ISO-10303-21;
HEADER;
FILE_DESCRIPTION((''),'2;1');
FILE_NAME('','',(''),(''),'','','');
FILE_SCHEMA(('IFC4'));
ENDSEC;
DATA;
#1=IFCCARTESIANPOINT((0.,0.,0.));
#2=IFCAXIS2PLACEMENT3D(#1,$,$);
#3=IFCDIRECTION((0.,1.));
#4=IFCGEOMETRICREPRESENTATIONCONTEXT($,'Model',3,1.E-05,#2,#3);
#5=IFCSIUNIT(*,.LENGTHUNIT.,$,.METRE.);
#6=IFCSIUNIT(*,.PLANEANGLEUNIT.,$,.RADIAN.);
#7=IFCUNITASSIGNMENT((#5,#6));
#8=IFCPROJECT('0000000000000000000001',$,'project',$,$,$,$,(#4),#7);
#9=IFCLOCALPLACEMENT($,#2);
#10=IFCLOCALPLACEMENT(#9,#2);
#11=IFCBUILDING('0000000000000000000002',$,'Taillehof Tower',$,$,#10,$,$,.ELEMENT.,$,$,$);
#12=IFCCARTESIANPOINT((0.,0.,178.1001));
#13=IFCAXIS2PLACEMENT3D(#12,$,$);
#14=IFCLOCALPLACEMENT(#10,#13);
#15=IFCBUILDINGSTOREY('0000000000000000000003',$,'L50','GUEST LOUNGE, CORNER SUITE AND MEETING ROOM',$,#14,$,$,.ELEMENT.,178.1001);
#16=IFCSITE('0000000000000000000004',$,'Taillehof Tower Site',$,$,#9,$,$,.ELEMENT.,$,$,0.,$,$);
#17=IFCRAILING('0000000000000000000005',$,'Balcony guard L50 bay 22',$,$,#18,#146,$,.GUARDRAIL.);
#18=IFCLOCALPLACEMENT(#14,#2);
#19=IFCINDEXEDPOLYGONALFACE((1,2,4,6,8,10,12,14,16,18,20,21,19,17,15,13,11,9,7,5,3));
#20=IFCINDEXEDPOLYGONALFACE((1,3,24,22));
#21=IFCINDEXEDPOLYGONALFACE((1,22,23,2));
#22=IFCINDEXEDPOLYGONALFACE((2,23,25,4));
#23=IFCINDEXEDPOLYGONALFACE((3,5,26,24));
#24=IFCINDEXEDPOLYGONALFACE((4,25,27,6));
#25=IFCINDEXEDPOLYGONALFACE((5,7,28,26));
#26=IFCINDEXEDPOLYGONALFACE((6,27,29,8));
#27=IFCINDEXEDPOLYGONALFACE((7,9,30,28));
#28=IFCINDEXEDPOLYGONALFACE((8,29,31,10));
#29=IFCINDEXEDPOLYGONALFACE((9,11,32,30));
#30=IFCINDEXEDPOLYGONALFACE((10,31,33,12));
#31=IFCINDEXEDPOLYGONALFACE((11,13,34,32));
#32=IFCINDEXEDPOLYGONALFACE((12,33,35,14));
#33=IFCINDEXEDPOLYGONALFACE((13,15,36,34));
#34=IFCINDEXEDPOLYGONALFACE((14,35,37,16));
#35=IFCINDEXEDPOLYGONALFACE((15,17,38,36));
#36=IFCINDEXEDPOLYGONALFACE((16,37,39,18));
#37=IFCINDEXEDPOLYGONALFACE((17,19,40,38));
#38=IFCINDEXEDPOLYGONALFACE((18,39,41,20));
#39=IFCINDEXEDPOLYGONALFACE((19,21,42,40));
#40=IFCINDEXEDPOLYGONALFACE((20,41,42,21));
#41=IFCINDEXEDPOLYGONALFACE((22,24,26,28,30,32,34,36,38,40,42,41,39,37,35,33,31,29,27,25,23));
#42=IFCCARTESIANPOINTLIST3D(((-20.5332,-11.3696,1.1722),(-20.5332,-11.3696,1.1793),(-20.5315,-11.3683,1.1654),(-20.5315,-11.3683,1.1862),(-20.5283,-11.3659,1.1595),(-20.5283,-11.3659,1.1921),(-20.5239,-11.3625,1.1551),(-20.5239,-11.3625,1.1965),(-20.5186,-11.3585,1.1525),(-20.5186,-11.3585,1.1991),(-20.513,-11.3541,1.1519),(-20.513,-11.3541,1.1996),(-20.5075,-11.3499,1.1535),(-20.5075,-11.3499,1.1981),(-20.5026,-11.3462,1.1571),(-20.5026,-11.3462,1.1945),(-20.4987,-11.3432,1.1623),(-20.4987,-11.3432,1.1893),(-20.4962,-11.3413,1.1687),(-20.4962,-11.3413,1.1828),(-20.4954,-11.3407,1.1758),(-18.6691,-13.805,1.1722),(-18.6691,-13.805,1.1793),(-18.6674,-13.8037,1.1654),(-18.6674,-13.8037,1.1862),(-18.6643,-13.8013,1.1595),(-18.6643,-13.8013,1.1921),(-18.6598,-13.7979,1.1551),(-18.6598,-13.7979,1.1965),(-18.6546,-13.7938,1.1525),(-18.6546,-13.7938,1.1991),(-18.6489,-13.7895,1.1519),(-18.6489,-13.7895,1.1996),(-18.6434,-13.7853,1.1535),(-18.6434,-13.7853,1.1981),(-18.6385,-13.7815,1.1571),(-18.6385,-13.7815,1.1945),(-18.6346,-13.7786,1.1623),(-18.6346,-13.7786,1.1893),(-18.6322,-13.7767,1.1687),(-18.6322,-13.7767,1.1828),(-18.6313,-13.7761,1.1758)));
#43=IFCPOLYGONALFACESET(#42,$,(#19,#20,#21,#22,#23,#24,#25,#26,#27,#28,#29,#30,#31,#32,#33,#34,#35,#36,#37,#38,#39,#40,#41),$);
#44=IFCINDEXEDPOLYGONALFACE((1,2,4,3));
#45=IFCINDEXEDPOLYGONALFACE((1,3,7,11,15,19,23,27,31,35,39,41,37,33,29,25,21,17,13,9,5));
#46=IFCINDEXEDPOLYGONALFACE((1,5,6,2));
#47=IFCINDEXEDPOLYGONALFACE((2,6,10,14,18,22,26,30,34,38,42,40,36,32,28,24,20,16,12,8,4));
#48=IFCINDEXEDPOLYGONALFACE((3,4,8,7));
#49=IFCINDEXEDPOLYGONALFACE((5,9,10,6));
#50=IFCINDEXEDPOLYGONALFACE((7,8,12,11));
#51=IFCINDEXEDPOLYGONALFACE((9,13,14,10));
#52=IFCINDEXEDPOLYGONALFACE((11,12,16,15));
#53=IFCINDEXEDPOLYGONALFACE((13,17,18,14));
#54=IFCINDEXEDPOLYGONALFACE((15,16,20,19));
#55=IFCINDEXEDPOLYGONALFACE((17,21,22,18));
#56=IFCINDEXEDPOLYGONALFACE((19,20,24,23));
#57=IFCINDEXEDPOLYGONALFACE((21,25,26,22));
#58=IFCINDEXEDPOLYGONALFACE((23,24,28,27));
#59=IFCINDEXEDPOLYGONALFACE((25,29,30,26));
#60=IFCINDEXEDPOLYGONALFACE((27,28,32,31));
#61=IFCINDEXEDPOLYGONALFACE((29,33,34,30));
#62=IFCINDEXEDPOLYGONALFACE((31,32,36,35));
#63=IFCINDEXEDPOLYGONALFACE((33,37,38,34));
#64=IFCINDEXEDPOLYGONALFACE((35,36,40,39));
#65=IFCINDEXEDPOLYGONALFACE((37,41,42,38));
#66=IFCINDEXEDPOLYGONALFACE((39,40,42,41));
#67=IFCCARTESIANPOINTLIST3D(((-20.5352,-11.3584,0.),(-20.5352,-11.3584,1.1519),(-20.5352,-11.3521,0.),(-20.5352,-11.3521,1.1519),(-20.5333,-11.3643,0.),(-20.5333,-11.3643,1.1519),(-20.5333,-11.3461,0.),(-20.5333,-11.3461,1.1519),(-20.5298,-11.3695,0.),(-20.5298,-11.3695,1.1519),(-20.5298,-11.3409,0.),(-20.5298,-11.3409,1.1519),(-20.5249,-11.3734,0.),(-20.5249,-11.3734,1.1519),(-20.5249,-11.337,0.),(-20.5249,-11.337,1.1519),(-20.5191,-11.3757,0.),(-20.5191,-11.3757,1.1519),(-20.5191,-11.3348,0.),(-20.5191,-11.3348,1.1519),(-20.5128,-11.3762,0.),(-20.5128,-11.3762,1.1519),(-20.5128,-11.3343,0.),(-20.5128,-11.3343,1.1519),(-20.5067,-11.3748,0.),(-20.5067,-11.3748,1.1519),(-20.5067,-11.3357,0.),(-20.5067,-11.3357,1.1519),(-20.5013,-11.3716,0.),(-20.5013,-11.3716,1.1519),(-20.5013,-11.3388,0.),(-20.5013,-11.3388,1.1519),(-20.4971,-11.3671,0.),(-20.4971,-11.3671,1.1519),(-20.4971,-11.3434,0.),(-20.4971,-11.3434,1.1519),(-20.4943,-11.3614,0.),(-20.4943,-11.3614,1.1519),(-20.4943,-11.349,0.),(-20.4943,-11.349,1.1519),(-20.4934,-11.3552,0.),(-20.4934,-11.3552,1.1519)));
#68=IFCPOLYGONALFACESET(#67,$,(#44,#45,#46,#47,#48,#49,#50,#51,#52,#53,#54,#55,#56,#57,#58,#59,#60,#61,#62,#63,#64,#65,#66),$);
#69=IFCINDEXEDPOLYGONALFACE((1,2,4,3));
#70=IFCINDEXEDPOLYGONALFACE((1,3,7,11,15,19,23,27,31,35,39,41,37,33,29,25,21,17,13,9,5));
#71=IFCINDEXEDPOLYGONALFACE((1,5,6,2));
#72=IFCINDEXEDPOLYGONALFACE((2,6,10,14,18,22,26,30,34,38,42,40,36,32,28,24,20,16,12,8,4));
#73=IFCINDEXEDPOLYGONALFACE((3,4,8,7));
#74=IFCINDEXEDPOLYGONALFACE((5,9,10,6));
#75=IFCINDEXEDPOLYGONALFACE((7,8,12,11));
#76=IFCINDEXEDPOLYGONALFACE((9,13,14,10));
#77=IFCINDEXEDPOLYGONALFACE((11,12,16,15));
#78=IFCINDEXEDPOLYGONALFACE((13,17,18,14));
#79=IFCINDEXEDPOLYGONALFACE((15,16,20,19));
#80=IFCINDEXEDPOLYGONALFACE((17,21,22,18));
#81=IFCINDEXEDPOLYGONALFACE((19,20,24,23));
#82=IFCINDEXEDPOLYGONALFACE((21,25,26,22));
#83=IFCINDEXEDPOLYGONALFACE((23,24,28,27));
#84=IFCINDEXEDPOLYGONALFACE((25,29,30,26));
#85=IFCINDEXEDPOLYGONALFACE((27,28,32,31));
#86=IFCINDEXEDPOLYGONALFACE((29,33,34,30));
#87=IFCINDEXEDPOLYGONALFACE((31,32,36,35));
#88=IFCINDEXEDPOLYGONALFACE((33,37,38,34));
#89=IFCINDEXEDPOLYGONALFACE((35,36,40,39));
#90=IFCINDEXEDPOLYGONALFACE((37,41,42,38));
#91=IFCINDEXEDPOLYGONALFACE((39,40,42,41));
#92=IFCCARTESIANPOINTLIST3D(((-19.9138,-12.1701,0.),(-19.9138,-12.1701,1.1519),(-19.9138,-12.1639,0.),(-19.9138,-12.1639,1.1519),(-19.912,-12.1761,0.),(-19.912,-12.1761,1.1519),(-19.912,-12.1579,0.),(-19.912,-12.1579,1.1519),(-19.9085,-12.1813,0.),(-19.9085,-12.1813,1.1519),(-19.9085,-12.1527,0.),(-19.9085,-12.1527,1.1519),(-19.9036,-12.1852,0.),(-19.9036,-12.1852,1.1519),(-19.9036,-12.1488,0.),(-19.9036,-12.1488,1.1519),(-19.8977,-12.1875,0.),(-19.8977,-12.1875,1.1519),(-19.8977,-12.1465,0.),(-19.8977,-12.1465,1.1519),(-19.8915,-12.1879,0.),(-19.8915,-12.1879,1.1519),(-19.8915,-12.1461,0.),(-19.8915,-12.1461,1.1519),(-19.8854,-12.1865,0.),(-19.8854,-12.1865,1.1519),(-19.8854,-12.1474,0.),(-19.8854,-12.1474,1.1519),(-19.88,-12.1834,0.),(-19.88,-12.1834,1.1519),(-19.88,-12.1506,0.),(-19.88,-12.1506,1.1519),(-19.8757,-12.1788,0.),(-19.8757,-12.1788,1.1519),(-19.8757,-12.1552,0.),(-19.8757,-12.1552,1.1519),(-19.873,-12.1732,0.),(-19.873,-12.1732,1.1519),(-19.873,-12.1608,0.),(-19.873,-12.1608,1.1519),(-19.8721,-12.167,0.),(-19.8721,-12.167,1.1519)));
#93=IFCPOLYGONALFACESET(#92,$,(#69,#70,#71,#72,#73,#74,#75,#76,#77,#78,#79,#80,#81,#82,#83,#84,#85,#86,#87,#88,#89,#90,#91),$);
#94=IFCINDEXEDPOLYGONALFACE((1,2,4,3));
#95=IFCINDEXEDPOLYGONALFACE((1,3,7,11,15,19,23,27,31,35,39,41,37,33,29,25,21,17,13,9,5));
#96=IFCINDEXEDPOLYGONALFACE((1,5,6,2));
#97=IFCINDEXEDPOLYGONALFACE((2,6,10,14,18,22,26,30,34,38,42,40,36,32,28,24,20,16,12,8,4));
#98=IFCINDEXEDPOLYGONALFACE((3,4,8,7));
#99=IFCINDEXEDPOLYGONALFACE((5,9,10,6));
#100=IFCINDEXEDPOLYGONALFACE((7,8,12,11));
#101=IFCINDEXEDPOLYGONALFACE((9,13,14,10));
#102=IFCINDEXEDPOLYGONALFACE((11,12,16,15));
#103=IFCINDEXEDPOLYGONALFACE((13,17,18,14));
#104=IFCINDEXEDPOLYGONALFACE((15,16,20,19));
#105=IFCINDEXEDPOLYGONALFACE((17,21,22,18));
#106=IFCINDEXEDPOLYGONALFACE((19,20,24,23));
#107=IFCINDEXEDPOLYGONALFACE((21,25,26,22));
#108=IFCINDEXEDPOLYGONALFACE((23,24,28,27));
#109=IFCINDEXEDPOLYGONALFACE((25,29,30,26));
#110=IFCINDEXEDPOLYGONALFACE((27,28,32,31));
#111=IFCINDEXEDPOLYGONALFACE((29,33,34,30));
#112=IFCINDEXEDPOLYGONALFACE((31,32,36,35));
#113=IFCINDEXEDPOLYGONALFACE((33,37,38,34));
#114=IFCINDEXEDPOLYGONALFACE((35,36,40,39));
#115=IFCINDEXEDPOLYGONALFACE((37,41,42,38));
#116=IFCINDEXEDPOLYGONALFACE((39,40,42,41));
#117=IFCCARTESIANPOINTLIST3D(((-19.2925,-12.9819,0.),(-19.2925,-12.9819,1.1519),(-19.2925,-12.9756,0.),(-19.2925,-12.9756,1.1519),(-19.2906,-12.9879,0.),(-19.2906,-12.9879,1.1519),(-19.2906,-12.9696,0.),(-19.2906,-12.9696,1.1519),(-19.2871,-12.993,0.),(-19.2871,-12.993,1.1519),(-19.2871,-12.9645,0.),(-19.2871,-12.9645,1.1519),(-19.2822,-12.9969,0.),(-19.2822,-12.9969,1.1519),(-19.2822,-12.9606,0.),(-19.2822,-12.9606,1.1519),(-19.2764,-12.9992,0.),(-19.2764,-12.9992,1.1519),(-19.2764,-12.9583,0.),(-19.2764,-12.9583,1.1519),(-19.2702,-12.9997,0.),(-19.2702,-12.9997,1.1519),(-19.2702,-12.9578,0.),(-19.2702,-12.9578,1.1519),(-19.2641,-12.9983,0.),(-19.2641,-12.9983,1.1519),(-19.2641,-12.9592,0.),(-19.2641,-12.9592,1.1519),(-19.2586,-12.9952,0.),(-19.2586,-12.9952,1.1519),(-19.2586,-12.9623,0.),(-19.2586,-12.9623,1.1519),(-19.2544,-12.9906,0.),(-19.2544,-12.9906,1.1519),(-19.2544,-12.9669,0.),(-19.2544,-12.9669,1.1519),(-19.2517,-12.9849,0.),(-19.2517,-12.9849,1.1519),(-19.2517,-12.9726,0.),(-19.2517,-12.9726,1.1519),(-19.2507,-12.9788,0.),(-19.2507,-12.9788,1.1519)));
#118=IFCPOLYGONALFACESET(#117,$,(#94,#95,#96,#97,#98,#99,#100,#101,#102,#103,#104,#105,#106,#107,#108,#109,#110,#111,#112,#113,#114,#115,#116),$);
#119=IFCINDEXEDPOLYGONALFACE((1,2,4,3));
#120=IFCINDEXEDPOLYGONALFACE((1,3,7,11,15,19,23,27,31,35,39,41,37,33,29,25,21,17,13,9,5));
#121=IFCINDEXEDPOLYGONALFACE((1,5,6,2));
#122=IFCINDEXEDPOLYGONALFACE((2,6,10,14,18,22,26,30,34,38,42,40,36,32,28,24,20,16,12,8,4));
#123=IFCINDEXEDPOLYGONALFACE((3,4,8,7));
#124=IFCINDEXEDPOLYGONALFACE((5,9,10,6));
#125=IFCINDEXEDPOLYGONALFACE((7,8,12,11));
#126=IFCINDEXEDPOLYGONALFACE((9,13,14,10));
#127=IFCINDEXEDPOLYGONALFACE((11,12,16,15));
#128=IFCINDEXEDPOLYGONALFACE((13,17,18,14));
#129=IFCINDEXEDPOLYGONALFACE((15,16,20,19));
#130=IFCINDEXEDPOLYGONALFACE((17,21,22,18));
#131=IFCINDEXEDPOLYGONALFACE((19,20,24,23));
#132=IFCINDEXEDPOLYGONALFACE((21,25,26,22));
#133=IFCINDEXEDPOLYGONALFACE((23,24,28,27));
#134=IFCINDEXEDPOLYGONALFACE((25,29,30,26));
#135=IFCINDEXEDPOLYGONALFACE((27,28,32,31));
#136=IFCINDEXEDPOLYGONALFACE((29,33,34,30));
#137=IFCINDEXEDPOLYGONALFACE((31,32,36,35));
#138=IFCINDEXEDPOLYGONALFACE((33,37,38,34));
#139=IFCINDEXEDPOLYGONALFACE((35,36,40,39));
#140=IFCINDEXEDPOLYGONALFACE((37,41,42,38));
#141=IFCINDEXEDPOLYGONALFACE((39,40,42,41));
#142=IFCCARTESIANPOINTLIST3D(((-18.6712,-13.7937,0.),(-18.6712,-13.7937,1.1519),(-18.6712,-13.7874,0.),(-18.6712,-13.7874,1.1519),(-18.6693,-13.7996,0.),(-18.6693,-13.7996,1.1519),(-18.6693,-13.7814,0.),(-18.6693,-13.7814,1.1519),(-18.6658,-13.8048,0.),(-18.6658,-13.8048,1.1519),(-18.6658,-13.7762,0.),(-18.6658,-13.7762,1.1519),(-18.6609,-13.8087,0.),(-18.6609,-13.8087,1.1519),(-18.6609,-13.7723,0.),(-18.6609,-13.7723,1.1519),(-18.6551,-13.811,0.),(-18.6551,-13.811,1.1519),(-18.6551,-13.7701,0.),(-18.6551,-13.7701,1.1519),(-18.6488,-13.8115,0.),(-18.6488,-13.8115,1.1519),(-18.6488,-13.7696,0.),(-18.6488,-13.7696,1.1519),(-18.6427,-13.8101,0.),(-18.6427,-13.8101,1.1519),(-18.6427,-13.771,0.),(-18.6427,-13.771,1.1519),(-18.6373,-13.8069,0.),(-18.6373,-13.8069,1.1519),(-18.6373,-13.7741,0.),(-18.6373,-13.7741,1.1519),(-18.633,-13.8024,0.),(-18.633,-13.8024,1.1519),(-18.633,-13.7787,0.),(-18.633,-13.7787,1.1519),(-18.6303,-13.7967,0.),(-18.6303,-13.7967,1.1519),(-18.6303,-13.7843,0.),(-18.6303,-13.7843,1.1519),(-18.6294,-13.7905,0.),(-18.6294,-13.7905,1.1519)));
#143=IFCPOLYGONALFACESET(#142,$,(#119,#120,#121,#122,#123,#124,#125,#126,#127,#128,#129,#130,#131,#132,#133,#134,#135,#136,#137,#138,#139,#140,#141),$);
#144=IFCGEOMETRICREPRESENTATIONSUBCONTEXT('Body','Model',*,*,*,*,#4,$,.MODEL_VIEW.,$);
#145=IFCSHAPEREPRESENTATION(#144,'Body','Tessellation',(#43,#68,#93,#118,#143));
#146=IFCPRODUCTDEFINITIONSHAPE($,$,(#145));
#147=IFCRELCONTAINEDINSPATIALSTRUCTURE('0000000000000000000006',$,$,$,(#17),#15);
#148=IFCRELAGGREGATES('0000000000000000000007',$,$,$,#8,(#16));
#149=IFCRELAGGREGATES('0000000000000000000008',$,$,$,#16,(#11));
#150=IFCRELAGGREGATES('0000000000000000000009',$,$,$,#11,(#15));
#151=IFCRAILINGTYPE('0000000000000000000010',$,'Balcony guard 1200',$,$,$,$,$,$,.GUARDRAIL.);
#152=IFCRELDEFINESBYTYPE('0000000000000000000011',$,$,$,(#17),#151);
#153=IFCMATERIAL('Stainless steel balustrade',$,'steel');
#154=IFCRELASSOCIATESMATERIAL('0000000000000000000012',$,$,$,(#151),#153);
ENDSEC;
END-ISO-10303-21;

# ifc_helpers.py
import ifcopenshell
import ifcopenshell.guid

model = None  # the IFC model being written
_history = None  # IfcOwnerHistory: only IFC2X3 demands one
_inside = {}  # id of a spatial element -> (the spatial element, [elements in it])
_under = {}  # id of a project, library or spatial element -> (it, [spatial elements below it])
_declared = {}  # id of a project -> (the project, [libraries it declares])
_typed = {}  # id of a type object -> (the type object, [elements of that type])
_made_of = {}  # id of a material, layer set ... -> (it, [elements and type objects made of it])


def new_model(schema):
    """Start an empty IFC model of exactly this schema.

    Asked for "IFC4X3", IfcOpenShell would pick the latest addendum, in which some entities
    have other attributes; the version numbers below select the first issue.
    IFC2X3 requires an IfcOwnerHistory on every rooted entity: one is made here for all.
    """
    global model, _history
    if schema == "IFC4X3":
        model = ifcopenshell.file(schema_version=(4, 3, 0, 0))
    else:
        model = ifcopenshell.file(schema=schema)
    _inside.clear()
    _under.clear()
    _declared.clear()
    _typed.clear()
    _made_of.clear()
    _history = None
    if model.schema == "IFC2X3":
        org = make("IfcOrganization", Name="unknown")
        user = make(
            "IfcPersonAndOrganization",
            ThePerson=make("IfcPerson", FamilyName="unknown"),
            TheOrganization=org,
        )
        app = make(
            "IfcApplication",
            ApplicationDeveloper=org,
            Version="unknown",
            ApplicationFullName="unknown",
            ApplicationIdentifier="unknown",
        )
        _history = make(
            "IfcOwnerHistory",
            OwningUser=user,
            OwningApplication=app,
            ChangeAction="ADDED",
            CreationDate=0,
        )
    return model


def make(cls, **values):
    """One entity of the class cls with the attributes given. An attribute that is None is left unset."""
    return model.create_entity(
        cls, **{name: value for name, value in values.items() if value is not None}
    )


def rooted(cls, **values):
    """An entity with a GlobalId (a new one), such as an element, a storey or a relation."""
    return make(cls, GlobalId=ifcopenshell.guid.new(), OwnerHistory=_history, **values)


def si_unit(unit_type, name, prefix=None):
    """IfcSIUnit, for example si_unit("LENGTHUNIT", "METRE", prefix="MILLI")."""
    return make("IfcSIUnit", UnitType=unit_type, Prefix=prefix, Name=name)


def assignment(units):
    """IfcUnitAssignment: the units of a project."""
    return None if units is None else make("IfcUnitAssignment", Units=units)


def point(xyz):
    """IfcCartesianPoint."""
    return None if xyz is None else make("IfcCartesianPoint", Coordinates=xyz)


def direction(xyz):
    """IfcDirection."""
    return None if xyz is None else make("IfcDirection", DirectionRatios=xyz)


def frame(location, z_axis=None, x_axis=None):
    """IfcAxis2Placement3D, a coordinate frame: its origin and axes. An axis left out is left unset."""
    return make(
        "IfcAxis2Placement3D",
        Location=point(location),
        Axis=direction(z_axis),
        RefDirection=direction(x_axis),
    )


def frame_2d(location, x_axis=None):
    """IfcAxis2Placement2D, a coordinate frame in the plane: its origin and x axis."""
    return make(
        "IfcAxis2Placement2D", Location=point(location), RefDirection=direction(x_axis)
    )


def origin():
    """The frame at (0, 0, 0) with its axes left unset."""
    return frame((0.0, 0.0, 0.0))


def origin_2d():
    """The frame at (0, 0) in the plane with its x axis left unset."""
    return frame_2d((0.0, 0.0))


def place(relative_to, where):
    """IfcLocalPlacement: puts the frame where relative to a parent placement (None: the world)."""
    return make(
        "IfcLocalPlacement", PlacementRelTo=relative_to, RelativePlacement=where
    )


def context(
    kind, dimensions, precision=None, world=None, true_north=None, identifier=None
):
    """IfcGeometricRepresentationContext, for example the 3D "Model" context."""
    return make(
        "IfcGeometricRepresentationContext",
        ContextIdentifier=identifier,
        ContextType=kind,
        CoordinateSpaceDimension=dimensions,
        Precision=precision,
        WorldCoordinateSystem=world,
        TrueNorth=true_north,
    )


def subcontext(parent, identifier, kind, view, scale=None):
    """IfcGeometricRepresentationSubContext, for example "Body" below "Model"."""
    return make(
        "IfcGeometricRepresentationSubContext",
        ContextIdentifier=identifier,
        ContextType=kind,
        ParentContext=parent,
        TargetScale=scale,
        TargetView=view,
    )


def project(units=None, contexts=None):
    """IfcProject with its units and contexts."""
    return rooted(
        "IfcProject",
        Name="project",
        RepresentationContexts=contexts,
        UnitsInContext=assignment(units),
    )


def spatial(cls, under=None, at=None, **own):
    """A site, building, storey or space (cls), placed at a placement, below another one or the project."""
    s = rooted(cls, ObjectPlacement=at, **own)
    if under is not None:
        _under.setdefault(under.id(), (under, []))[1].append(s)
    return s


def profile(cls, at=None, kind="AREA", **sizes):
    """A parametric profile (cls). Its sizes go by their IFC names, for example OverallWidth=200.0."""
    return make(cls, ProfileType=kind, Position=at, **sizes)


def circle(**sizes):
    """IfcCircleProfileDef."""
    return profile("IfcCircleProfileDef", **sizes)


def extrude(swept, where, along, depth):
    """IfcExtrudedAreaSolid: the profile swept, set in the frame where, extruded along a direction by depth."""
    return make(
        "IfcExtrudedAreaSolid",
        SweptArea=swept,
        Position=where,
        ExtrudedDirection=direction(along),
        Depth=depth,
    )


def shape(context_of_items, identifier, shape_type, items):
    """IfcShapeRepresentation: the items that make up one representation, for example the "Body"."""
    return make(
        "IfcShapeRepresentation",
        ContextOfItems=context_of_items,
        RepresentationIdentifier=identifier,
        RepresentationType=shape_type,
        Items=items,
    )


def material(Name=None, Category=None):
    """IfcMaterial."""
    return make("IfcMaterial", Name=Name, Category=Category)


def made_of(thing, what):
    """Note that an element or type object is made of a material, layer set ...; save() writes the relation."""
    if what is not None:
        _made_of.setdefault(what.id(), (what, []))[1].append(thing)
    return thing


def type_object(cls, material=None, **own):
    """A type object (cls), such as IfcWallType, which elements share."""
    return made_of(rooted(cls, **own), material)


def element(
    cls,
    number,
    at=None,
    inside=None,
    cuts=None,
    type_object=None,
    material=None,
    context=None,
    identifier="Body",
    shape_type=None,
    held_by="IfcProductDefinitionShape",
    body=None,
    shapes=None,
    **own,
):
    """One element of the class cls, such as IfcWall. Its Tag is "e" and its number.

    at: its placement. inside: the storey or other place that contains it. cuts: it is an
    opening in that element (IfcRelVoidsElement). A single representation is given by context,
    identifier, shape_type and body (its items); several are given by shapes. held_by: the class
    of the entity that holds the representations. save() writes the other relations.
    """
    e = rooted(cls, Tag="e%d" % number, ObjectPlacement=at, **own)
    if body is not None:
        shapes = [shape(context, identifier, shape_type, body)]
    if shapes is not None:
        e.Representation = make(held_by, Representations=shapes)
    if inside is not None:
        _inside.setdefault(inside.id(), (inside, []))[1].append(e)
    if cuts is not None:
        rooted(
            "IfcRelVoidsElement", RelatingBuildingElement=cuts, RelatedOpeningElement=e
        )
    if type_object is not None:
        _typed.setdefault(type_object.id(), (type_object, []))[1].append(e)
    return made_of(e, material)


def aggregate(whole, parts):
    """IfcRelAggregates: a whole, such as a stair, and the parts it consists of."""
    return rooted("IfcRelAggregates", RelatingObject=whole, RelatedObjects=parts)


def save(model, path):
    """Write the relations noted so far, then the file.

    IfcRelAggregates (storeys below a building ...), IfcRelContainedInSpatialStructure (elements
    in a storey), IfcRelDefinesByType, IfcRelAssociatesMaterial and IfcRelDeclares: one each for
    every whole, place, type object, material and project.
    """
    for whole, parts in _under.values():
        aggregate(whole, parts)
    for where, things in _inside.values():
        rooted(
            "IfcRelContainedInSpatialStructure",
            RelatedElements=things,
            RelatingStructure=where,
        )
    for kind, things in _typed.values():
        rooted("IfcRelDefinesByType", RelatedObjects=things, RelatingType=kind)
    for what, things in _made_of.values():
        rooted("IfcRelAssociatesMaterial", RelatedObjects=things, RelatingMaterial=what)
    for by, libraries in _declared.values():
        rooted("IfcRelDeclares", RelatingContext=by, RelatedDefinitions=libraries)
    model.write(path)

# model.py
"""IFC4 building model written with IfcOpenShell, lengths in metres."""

from ifc_helpers import new_model, si_unit, direction, frame, origin, origin_2d, place, context, subcontext, project, spatial, circle, extrude, material, type_object, element, save


model = new_model("IFC4")

# Units and contexts
model_context = context("Model", 3, precision=1e-05, world=origin(), true_north=direction((0.0, 1.0)))
body_context = subcontext(model_context, "Body", "Model", "MODEL_VIEW")
ifc_project = project(units=[si_unit("LENGTHUNIT", "METRE"), si_unit("PLANEANGLEUNIT", "RADIAN")], contexts=[model_context])

# Site, building, storey
site_placement = place(None, origin())
site = spatial("IfcSite", under=ifc_project, at=site_placement, Name="Taillehof Tower Site", CompositionType="ELEMENT", RefElevation=0.0)
building_placement = place(site_placement, origin())
building = spatial("IfcBuilding", under=site, at=building_placement, Name="Taillehof Tower", CompositionType="ELEMENT")
storey_placement = place(building_placement, frame((0.0, 0.0, 178.1001)))
storey = spatial("IfcBuildingStorey", under=building, at=storey_placement, Name="L50", Description="GUEST LOUNGE, CORNER SUITE AND MEETING ROOM", CompositionType="ELEMENT", Elevation=178.1001)

# Railing
ifc_material_1 = material(Name="Stainless steel balustrade", Category="steel")
railing_type = type_object("IfcRailingType", Name="Balcony guard 1200", PredefinedType="GUARDRAIL", material=ifc_material_1)
railing_1_placement = place(storey_placement, frame((-20.5144, -11.3552, 0.0)))
element("IfcRailing", 1, at=railing_1_placement, inside=storey, type_object=railing_type, Name="Balcony guard L50 bay 22", PredefinedType="GUARDRAIL", context=body_context, shape_type="SweptSolid", body=[
    extrude(circle(Radius=0.0239, at=origin_2d()), frame((0.0, 0.0, 1.1758), z_axis=(0.607805, -0.794087, 0.0), x_axis=(0.794087, 0.607805, 0.0)), (0.0, 0.0, 1.0), 3.0669),
    extrude(circle(Radius=0.021, at=origin_2d()), origin(), (0.0, 0.0, 1.0), 1.1519),
    extrude(circle(Radius=0.021, at=origin_2d()), frame((0.6213, -0.8118, 0.0)), (0.0, 0.0, 1.0), 1.1519),
    extrude(circle(Radius=0.021, at=origin_2d()), frame((1.2427, -1.6235, 0.0)), (0.0, 0.0, 1.0), 1.1519),
    extrude(circle(Radius=0.021, at=origin_2d()), frame((1.864, -2.4353, 0.0)), (0.0, 0.0, 1.0), 1.1519),
])

save(model, "model.ifc")
